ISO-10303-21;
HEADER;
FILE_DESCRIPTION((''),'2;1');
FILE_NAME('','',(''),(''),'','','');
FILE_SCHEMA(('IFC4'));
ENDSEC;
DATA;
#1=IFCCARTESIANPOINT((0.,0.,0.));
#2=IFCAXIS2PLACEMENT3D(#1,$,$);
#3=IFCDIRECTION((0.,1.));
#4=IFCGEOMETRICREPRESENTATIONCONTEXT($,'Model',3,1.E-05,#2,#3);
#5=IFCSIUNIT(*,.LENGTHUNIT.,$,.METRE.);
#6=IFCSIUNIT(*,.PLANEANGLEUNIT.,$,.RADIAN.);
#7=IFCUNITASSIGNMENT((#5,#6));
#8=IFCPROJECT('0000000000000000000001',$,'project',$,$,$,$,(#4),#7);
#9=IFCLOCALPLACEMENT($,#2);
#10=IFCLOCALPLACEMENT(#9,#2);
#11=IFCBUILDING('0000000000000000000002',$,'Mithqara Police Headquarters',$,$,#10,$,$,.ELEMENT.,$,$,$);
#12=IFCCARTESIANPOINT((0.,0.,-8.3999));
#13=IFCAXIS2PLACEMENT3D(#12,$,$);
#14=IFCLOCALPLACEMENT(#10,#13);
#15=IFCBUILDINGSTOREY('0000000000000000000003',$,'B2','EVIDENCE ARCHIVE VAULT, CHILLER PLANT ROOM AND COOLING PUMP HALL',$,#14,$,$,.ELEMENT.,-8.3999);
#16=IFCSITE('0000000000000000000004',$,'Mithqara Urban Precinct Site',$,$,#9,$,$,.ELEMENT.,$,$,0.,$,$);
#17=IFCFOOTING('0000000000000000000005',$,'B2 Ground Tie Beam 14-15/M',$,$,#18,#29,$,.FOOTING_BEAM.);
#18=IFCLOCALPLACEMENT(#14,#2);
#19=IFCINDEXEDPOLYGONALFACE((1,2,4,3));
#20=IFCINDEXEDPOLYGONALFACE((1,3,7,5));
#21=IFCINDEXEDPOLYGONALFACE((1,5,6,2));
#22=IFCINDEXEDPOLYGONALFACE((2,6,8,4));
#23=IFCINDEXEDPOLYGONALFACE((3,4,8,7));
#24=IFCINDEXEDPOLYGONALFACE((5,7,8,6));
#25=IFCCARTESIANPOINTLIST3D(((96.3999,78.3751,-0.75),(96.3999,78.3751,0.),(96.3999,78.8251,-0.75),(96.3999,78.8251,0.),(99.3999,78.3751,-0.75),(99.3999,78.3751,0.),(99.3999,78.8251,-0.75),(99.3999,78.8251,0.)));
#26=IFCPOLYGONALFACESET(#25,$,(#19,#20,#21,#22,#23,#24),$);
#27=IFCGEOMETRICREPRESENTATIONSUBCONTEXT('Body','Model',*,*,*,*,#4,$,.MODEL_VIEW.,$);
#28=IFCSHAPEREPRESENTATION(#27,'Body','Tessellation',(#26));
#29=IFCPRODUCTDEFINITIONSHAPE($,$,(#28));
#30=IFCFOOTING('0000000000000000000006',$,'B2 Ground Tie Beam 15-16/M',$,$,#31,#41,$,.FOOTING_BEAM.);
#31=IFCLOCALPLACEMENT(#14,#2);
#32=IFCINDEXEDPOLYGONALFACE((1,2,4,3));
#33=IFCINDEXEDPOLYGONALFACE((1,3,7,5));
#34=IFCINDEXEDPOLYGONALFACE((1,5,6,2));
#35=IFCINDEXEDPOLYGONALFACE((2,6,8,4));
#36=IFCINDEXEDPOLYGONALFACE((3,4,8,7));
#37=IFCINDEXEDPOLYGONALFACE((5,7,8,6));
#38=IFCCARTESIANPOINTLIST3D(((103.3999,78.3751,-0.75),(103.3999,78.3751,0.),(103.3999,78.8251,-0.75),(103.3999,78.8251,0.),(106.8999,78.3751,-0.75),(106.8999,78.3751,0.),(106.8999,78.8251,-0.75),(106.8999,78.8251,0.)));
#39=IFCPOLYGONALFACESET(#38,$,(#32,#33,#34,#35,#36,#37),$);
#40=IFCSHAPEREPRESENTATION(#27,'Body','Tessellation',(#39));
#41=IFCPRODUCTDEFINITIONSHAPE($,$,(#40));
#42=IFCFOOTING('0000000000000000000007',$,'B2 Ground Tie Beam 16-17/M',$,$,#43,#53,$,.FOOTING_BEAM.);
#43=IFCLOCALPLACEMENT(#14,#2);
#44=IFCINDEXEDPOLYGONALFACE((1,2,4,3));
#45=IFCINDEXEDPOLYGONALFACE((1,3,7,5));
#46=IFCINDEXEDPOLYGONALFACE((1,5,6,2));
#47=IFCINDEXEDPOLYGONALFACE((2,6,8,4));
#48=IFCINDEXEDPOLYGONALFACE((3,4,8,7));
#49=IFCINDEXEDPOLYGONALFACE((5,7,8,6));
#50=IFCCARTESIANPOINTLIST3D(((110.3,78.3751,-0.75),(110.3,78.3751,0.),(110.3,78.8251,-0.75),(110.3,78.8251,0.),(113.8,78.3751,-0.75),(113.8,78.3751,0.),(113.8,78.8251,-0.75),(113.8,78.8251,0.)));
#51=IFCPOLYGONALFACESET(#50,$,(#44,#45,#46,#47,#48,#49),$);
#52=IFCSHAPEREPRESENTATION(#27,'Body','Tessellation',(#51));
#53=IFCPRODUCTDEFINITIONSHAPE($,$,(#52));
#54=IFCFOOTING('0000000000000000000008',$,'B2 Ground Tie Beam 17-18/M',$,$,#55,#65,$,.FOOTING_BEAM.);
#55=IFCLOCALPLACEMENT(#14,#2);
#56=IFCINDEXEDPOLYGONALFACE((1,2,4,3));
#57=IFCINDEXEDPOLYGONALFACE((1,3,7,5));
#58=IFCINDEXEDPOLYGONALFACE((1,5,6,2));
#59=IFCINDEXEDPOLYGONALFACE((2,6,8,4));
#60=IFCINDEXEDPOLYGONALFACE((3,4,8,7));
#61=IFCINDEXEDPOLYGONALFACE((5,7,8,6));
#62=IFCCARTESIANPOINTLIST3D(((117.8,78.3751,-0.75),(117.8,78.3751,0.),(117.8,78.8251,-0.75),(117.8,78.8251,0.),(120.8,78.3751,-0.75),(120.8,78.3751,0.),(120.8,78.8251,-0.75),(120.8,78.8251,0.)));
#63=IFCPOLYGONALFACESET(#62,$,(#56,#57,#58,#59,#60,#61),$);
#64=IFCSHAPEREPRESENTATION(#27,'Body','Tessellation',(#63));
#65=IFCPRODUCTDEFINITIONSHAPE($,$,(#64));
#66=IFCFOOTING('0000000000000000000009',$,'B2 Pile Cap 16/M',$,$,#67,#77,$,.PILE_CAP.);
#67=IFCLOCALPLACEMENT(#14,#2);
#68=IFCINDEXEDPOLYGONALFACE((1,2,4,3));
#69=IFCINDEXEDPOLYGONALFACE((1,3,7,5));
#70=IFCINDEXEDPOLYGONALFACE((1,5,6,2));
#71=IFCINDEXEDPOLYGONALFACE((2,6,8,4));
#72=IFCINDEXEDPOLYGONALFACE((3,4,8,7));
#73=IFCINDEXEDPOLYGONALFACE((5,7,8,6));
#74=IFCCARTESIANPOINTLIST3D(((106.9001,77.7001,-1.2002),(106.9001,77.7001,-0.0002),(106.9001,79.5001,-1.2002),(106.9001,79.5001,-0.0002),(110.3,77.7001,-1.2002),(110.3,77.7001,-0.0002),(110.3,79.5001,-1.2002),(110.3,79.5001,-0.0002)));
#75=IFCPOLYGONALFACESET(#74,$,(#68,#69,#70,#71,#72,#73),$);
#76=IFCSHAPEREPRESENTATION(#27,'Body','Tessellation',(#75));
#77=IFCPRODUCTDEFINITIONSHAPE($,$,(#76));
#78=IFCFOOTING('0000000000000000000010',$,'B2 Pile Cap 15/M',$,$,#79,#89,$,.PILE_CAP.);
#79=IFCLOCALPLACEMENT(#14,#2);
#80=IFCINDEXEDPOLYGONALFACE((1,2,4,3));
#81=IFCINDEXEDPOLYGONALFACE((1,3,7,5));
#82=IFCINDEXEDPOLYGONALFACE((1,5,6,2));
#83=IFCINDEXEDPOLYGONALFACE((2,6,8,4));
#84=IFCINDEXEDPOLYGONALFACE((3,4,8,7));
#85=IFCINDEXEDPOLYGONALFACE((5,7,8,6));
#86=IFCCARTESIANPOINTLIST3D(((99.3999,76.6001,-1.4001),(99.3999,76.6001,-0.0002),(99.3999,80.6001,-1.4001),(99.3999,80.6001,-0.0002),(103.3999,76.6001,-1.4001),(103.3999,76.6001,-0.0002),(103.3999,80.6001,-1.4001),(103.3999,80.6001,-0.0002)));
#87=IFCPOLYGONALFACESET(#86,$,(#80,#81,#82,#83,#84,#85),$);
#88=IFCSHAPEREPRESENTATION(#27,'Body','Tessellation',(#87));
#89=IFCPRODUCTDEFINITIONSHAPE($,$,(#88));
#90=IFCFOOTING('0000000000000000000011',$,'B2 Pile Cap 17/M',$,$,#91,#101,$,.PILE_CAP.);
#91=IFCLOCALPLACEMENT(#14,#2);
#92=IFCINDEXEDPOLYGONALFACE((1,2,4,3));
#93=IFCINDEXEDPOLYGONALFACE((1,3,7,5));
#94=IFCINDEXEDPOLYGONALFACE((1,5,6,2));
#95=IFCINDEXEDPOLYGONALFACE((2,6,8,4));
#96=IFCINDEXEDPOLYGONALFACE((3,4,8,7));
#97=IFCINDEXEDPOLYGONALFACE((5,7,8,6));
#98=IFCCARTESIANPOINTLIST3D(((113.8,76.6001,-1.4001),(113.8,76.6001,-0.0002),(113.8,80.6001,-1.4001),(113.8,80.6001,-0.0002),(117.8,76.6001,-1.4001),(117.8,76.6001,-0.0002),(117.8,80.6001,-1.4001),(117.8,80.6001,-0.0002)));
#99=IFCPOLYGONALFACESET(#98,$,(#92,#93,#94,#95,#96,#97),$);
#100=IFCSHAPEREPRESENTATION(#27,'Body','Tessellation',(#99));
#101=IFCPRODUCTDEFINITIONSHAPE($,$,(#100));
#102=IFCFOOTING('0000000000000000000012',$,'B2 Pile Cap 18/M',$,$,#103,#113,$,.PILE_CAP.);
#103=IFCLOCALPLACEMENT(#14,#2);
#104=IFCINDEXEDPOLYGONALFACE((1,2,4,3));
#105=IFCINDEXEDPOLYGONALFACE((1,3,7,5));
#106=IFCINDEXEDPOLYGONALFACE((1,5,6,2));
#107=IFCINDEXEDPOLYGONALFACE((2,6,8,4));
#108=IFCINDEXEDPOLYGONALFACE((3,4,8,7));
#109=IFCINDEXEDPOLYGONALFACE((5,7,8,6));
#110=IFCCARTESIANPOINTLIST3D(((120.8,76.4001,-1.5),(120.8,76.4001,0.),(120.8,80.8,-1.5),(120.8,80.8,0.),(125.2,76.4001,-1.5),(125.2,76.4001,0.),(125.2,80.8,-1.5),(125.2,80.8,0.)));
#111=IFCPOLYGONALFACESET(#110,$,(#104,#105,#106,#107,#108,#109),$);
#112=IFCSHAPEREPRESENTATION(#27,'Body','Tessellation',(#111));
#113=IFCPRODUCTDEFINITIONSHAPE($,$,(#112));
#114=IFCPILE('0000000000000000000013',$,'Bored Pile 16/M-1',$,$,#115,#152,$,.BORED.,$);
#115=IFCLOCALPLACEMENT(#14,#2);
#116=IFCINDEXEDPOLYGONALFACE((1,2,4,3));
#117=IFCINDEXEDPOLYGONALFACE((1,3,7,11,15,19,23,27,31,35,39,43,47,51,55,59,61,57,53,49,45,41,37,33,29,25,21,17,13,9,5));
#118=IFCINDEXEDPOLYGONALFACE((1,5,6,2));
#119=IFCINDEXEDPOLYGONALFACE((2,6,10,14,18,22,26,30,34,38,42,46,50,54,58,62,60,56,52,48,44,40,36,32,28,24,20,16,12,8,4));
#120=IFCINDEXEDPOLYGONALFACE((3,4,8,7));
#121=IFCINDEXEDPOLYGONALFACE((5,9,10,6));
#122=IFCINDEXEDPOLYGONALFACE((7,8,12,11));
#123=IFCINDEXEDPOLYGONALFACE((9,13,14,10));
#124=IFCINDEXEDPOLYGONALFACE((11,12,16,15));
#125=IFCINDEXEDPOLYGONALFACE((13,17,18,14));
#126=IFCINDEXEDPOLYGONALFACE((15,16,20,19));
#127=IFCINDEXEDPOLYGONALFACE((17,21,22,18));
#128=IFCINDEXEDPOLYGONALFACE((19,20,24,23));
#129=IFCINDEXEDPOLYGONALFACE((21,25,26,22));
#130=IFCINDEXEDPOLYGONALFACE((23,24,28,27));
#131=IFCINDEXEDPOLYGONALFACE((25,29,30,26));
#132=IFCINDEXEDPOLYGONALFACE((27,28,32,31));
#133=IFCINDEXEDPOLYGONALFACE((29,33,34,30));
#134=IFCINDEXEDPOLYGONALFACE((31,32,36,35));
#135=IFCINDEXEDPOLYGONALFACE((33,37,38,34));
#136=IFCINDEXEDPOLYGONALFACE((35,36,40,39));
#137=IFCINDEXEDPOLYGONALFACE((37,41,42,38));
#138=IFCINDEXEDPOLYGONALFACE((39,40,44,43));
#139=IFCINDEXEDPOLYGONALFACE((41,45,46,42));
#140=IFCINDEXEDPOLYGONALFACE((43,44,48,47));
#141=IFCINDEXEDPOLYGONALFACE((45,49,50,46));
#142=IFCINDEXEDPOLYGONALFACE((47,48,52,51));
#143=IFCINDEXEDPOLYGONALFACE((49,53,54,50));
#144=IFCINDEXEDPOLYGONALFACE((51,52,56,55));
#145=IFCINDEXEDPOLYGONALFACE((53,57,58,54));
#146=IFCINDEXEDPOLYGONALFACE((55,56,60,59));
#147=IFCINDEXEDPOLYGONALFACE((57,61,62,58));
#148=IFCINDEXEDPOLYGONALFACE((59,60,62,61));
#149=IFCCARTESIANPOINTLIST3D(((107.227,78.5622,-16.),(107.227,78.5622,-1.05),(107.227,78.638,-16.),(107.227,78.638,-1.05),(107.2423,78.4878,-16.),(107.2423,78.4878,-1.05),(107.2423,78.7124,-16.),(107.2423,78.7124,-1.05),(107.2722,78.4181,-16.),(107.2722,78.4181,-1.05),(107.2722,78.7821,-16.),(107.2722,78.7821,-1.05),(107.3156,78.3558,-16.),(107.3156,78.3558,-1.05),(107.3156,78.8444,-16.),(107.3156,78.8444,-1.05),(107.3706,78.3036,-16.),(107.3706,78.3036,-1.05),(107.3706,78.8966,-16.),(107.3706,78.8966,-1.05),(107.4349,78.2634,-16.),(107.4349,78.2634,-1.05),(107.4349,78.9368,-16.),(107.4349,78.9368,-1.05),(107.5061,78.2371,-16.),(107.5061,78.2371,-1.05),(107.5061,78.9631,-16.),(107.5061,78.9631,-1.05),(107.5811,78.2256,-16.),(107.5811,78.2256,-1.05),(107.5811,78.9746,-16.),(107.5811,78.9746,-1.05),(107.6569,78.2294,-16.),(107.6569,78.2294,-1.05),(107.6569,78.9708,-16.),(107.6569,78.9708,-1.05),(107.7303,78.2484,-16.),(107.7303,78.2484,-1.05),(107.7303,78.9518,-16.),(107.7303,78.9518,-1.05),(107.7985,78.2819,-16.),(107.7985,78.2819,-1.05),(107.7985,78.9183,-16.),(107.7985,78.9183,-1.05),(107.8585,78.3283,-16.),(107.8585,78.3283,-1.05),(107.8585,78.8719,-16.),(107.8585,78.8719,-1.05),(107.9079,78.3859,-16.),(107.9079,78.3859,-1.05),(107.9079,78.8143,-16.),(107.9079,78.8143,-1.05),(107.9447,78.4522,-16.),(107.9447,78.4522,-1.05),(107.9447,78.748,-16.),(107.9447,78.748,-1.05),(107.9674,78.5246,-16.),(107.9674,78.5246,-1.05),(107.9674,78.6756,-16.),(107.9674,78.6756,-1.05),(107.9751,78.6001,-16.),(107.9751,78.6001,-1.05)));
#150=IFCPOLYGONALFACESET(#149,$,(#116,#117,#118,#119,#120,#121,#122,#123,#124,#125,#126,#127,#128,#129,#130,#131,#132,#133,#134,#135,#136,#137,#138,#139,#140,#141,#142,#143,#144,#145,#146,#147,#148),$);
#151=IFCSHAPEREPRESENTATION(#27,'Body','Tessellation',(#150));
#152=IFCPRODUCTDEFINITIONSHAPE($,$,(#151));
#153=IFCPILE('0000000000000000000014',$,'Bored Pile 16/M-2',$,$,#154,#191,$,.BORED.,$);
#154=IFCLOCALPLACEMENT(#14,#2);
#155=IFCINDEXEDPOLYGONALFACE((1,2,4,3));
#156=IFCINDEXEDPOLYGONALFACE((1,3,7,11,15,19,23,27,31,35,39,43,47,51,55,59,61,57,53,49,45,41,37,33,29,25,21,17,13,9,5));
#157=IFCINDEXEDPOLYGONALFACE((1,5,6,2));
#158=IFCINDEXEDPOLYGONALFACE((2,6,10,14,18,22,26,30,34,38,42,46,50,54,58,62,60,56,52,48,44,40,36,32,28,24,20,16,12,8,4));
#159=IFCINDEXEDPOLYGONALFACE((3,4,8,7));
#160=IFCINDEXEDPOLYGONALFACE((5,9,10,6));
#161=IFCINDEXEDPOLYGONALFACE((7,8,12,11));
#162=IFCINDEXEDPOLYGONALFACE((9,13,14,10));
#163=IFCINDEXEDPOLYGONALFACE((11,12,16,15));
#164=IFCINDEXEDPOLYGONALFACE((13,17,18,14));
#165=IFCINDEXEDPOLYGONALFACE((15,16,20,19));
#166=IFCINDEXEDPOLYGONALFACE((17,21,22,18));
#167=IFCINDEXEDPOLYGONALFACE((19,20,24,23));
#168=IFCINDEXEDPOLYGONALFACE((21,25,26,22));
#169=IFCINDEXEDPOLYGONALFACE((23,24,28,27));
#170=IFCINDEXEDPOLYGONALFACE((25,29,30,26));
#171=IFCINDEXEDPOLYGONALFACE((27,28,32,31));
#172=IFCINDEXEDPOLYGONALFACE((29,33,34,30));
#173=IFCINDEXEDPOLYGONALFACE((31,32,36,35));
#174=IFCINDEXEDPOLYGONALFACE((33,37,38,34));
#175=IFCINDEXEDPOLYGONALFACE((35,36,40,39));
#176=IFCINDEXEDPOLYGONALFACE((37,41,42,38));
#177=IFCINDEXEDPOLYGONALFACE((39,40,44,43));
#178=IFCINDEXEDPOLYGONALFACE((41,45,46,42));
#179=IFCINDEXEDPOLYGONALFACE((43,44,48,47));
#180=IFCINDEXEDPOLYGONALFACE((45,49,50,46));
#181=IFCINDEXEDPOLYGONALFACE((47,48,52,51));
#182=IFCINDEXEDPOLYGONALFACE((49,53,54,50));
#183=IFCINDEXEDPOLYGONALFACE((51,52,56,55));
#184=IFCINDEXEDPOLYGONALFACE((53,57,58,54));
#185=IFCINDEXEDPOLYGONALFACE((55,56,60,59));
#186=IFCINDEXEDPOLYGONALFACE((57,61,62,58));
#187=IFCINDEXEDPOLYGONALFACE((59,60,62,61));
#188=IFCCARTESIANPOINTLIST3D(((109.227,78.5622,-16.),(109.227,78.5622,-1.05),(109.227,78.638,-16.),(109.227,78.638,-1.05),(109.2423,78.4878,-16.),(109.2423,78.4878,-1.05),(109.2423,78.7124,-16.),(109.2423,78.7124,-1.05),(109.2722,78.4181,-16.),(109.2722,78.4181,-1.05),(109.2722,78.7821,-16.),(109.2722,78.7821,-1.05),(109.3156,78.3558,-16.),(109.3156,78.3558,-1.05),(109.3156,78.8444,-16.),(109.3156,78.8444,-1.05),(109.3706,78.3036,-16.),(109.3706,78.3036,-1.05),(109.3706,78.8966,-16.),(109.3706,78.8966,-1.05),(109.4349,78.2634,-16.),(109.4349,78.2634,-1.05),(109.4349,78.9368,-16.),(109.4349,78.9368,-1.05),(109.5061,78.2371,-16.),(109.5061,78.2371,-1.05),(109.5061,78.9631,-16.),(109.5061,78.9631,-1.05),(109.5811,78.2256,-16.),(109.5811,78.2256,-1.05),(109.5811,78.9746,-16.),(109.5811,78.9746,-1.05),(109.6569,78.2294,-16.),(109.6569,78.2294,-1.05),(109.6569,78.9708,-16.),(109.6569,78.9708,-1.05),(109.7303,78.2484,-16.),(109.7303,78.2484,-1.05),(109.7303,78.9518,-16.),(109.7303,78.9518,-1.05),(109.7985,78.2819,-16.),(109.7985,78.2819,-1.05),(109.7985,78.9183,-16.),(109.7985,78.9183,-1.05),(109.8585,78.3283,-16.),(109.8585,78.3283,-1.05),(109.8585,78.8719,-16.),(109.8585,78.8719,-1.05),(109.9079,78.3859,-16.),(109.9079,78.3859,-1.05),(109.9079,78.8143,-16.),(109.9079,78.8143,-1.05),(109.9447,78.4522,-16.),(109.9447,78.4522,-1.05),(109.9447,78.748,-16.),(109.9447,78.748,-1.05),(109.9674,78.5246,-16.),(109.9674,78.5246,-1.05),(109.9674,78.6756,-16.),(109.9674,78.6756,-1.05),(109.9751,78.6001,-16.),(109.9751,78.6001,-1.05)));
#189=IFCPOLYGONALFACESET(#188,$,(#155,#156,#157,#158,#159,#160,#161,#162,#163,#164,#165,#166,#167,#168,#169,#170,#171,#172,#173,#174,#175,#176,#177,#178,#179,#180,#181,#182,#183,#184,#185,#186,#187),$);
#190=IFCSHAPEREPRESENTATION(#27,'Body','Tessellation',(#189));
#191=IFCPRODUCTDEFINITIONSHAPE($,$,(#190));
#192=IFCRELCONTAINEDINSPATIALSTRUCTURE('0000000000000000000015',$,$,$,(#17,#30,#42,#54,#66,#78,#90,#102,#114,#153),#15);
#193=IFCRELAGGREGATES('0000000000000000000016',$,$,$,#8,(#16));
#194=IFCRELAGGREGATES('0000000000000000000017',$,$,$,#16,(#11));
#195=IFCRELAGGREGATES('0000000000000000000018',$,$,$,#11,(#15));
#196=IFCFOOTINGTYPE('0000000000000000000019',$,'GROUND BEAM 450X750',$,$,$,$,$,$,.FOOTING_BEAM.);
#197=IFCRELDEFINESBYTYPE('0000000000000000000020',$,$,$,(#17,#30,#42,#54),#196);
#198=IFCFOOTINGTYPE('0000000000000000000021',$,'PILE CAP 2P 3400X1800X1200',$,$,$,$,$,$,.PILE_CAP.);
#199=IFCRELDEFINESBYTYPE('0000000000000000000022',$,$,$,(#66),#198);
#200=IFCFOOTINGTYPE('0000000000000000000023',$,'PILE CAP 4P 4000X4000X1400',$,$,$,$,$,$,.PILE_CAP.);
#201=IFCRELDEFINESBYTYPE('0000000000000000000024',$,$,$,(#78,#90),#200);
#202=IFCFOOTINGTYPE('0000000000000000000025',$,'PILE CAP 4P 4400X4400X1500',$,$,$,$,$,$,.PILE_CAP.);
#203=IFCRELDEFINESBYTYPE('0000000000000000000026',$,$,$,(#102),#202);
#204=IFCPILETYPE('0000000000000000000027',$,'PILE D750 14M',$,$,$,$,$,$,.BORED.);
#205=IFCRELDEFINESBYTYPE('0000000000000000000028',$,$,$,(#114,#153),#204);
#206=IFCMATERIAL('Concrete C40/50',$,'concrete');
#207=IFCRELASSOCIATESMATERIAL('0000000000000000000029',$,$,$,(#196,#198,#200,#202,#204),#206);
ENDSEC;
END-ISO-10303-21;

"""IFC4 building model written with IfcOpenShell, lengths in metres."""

from ifc_helpers import new_model, si_unit, direction, frame, origin, origin_2d, place, context, subcontext, project, spatial, rectangle, circle, extrude, material, material_profile, profile_set, type_object, element, save


model = new_model("IFC4")

# Units and contexts
model_context = context("Model", 3, precision=1e-05, world=origin(), true_north=direction((0.0, 1.0)))
body_context = subcontext(model_context, "Body", "Model", "MODEL_VIEW")
ifc_project = project(units=[si_unit("LENGTHUNIT", "METRE"), si_unit("PLANEANGLEUNIT", "RADIAN")], contexts=[model_context])

# Site, building, storey
site_placement = place(None, origin())
site = spatial("IfcSite", under=ifc_project, at=site_placement, Name="Mithqara Urban Precinct Site", CompositionType="ELEMENT", RefElevation=0.0)
building_placement = place(site_placement, origin())
building = spatial("IfcBuilding", under=site, at=building_placement, Name="Mithqara Police Headquarters", CompositionType="ELEMENT")
storey_placement = place(building_placement, frame((0.0, 0.0, -8.3999)))
storey = spatial("IfcBuildingStorey", under=building, at=storey_placement, Name="B2", Description="EVIDENCE ARCHIVE VAULT, CHILLER PLANT ROOM AND COOLING PUMP HALL", CompositionType="ELEMENT", Elevation=-8.3999)

# Footings
ifc_material_1 = material(Name="Concrete C40/50", Category="concrete")
footing_type_1 = type_object("IfcFootingType", Name="GROUND BEAM 450X750", PredefinedType="FOOTING_BEAM", material=ifc_material_1)
footing_1_placement = place(storey_placement, frame((97.8999, 78.6001, -0.75), z_axis=(0.0, 0.0, 1.0), x_axis=(1.0, 0.0, 0.0)))
element("IfcFooting", 1, at=footing_1_placement, inside=storey, type_object=footing_type_1, Name="B2 Ground Tie Beam 14-15/M", PredefinedType="FOOTING_BEAM", context=body_context, shape_type="SweptSolid", body=[
    extrude(rectangle(XDim=3.0, YDim=0.45, at=origin_2d()), origin(), (0.0, 0.0, 1.0), 0.75),
])
for number, where, z_axis, x_axis, name in (
    (2, (105.1499, 78.6001, -0.75), (0.0, 0.0, 1.0), (1.0, 0.0, 0.0), "B2 Ground Tie Beam 15-16/M"),
    (3, (112.05, 78.6001, -0.75), (0.0, 0.0, 1.0), (1.0, 0.0, 0.0), "B2 Ground Tie Beam 16-17/M"),
):
    element("IfcFooting", number, at=place(storey_placement, frame(where, z_axis=z_axis, x_axis=x_axis)), inside=storey, type_object=footing_type_1, Name=name, PredefinedType="FOOTING_BEAM", context=body_context, shape_type="SweptSolid", body=[
        extrude(rectangle(XDim=3.5, YDim=0.45, at=origin_2d()), origin(), (0.0, 0.0, 1.0), 0.75),
    ])
footing_2_placement = place(storey_placement, frame((119.3, 78.6001, -0.75), z_axis=(0.0, 0.0, 1.0), x_axis=(1.0, 0.0, 0.0)))
element("IfcFooting", 4, at=footing_2_placement, inside=storey, type_object=footing_type_1, Name="B2 Ground Tie Beam 17-18/M", PredefinedType="FOOTING_BEAM", context=body_context, shape_type="SweptSolid", body=[
    extrude(rectangle(XDim=3.0, YDim=0.45, at=origin_2d()), origin(), (0.0, 0.0, 1.0), 0.75),
])
footing_type_2 = type_object("IfcFootingType", Name="PILE CAP 2P 3400X1800X1200", PredefinedType="PILE_CAP", material=ifc_material_1)
footing_3_placement = place(storey_placement, frame((108.6001, 78.6001, -1.2002), z_axis=(0.0, 0.0, 1.0), x_axis=(1.0, 0.0, 0.0)))
element("IfcFooting", 5, at=footing_3_placement, inside=storey, type_object=footing_type_2, Name="B2 Pile Cap 16/M", PredefinedType="PILE_CAP", context=body_context, shape_type="SweptSolid", body=[
    extrude(rectangle(XDim=3.3999, YDim=1.8, at=origin_2d()), origin(), (0.0, 0.0, 1.0), 1.2),
])
footing_type_3 = type_object("IfcFootingType", Name="PILE CAP 4P 4000X4000X1400", PredefinedType="PILE_CAP", material=ifc_material_1)
for number, where, z_axis, x_axis, name in (
    (6, (101.3999, 78.6001, -1.4001), (0.0, 0.0, 1.0), (1.0, 0.0, 0.0), "B2 Pile Cap 15/M"),
    (7, (115.8, 78.6001, -1.4001), (0.0, 0.0, 1.0), (1.0, 0.0, 0.0), "B2 Pile Cap 17/M"),
):
    element("IfcFooting", number, at=place(storey_placement, frame(where, z_axis=z_axis, x_axis=x_axis)), inside=storey, type_object=footing_type_3, Name=name, PredefinedType="PILE_CAP", context=body_context, shape_type="SweptSolid", body=[
        extrude(rectangle(XDim=4.0, YDim=4.0, at=origin_2d()), origin(), (0.0, 0.0, 1.0), 1.3999),
    ])
footing_type_4 = type_object("IfcFootingType", Name="PILE CAP 4P 4400X4400X1500", PredefinedType="PILE_CAP", material=ifc_material_1)
footing_4_placement = place(storey_placement, frame((123.0, 78.6001, -1.5), z_axis=(0.0, 0.0, 1.0), x_axis=(1.0, 0.0, 0.0)))
element("IfcFooting", 8, at=footing_4_placement, inside=storey, type_object=footing_type_4, Name="B2 Pile Cap 18/M", PredefinedType="PILE_CAP", context=body_context, shape_type="SweptSolid", body=[
    extrude(rectangle(XDim=4.3999, YDim=4.3999, at=origin_2d()), origin(), (0.0, 0.0, 1.0), 1.5),
])

# Piles
ifc_material_profile_1 = material_profile(ifc_material_1, circle(Radius=0.375, at=origin_2d()), Name="PILE D750")
ifc_profile_set_1 = profile_set([ifc_material_profile_1], Name="Concrete C40/50")
pile_type_1 = type_object("IfcPileType", Name="PILE D750 14M", PredefinedType="BORED", material=ifc_profile_set_1)
for number, where, z_axis, x_axis, name in (
    (9, (107.6001, 78.6001, -1.05), (0.0, 0.0, -1.0), (1.0, 0.0, 0.0), "Bored Pile 16/M-1"),
    (10, (109.6001, 78.6001, -1.05), (0.0, 0.0, -1.0), (1.0, 0.0, 0.0), "Bored Pile 16/M-2"),
):
    element("IfcPile", number, at=place(storey_placement, frame(where, z_axis=z_axis, x_axis=x_axis)), inside=storey, type_object=pile_type_1, Name=name, PredefinedType="BORED", context=body_context, shape_type="SweptSolid", body=[
        extrude(circle(Radius=0.375, at=origin_2d()), origin(), (0.0, 0.0, 1.0), 14.95),
    ])

save(model, "model.ifc")
